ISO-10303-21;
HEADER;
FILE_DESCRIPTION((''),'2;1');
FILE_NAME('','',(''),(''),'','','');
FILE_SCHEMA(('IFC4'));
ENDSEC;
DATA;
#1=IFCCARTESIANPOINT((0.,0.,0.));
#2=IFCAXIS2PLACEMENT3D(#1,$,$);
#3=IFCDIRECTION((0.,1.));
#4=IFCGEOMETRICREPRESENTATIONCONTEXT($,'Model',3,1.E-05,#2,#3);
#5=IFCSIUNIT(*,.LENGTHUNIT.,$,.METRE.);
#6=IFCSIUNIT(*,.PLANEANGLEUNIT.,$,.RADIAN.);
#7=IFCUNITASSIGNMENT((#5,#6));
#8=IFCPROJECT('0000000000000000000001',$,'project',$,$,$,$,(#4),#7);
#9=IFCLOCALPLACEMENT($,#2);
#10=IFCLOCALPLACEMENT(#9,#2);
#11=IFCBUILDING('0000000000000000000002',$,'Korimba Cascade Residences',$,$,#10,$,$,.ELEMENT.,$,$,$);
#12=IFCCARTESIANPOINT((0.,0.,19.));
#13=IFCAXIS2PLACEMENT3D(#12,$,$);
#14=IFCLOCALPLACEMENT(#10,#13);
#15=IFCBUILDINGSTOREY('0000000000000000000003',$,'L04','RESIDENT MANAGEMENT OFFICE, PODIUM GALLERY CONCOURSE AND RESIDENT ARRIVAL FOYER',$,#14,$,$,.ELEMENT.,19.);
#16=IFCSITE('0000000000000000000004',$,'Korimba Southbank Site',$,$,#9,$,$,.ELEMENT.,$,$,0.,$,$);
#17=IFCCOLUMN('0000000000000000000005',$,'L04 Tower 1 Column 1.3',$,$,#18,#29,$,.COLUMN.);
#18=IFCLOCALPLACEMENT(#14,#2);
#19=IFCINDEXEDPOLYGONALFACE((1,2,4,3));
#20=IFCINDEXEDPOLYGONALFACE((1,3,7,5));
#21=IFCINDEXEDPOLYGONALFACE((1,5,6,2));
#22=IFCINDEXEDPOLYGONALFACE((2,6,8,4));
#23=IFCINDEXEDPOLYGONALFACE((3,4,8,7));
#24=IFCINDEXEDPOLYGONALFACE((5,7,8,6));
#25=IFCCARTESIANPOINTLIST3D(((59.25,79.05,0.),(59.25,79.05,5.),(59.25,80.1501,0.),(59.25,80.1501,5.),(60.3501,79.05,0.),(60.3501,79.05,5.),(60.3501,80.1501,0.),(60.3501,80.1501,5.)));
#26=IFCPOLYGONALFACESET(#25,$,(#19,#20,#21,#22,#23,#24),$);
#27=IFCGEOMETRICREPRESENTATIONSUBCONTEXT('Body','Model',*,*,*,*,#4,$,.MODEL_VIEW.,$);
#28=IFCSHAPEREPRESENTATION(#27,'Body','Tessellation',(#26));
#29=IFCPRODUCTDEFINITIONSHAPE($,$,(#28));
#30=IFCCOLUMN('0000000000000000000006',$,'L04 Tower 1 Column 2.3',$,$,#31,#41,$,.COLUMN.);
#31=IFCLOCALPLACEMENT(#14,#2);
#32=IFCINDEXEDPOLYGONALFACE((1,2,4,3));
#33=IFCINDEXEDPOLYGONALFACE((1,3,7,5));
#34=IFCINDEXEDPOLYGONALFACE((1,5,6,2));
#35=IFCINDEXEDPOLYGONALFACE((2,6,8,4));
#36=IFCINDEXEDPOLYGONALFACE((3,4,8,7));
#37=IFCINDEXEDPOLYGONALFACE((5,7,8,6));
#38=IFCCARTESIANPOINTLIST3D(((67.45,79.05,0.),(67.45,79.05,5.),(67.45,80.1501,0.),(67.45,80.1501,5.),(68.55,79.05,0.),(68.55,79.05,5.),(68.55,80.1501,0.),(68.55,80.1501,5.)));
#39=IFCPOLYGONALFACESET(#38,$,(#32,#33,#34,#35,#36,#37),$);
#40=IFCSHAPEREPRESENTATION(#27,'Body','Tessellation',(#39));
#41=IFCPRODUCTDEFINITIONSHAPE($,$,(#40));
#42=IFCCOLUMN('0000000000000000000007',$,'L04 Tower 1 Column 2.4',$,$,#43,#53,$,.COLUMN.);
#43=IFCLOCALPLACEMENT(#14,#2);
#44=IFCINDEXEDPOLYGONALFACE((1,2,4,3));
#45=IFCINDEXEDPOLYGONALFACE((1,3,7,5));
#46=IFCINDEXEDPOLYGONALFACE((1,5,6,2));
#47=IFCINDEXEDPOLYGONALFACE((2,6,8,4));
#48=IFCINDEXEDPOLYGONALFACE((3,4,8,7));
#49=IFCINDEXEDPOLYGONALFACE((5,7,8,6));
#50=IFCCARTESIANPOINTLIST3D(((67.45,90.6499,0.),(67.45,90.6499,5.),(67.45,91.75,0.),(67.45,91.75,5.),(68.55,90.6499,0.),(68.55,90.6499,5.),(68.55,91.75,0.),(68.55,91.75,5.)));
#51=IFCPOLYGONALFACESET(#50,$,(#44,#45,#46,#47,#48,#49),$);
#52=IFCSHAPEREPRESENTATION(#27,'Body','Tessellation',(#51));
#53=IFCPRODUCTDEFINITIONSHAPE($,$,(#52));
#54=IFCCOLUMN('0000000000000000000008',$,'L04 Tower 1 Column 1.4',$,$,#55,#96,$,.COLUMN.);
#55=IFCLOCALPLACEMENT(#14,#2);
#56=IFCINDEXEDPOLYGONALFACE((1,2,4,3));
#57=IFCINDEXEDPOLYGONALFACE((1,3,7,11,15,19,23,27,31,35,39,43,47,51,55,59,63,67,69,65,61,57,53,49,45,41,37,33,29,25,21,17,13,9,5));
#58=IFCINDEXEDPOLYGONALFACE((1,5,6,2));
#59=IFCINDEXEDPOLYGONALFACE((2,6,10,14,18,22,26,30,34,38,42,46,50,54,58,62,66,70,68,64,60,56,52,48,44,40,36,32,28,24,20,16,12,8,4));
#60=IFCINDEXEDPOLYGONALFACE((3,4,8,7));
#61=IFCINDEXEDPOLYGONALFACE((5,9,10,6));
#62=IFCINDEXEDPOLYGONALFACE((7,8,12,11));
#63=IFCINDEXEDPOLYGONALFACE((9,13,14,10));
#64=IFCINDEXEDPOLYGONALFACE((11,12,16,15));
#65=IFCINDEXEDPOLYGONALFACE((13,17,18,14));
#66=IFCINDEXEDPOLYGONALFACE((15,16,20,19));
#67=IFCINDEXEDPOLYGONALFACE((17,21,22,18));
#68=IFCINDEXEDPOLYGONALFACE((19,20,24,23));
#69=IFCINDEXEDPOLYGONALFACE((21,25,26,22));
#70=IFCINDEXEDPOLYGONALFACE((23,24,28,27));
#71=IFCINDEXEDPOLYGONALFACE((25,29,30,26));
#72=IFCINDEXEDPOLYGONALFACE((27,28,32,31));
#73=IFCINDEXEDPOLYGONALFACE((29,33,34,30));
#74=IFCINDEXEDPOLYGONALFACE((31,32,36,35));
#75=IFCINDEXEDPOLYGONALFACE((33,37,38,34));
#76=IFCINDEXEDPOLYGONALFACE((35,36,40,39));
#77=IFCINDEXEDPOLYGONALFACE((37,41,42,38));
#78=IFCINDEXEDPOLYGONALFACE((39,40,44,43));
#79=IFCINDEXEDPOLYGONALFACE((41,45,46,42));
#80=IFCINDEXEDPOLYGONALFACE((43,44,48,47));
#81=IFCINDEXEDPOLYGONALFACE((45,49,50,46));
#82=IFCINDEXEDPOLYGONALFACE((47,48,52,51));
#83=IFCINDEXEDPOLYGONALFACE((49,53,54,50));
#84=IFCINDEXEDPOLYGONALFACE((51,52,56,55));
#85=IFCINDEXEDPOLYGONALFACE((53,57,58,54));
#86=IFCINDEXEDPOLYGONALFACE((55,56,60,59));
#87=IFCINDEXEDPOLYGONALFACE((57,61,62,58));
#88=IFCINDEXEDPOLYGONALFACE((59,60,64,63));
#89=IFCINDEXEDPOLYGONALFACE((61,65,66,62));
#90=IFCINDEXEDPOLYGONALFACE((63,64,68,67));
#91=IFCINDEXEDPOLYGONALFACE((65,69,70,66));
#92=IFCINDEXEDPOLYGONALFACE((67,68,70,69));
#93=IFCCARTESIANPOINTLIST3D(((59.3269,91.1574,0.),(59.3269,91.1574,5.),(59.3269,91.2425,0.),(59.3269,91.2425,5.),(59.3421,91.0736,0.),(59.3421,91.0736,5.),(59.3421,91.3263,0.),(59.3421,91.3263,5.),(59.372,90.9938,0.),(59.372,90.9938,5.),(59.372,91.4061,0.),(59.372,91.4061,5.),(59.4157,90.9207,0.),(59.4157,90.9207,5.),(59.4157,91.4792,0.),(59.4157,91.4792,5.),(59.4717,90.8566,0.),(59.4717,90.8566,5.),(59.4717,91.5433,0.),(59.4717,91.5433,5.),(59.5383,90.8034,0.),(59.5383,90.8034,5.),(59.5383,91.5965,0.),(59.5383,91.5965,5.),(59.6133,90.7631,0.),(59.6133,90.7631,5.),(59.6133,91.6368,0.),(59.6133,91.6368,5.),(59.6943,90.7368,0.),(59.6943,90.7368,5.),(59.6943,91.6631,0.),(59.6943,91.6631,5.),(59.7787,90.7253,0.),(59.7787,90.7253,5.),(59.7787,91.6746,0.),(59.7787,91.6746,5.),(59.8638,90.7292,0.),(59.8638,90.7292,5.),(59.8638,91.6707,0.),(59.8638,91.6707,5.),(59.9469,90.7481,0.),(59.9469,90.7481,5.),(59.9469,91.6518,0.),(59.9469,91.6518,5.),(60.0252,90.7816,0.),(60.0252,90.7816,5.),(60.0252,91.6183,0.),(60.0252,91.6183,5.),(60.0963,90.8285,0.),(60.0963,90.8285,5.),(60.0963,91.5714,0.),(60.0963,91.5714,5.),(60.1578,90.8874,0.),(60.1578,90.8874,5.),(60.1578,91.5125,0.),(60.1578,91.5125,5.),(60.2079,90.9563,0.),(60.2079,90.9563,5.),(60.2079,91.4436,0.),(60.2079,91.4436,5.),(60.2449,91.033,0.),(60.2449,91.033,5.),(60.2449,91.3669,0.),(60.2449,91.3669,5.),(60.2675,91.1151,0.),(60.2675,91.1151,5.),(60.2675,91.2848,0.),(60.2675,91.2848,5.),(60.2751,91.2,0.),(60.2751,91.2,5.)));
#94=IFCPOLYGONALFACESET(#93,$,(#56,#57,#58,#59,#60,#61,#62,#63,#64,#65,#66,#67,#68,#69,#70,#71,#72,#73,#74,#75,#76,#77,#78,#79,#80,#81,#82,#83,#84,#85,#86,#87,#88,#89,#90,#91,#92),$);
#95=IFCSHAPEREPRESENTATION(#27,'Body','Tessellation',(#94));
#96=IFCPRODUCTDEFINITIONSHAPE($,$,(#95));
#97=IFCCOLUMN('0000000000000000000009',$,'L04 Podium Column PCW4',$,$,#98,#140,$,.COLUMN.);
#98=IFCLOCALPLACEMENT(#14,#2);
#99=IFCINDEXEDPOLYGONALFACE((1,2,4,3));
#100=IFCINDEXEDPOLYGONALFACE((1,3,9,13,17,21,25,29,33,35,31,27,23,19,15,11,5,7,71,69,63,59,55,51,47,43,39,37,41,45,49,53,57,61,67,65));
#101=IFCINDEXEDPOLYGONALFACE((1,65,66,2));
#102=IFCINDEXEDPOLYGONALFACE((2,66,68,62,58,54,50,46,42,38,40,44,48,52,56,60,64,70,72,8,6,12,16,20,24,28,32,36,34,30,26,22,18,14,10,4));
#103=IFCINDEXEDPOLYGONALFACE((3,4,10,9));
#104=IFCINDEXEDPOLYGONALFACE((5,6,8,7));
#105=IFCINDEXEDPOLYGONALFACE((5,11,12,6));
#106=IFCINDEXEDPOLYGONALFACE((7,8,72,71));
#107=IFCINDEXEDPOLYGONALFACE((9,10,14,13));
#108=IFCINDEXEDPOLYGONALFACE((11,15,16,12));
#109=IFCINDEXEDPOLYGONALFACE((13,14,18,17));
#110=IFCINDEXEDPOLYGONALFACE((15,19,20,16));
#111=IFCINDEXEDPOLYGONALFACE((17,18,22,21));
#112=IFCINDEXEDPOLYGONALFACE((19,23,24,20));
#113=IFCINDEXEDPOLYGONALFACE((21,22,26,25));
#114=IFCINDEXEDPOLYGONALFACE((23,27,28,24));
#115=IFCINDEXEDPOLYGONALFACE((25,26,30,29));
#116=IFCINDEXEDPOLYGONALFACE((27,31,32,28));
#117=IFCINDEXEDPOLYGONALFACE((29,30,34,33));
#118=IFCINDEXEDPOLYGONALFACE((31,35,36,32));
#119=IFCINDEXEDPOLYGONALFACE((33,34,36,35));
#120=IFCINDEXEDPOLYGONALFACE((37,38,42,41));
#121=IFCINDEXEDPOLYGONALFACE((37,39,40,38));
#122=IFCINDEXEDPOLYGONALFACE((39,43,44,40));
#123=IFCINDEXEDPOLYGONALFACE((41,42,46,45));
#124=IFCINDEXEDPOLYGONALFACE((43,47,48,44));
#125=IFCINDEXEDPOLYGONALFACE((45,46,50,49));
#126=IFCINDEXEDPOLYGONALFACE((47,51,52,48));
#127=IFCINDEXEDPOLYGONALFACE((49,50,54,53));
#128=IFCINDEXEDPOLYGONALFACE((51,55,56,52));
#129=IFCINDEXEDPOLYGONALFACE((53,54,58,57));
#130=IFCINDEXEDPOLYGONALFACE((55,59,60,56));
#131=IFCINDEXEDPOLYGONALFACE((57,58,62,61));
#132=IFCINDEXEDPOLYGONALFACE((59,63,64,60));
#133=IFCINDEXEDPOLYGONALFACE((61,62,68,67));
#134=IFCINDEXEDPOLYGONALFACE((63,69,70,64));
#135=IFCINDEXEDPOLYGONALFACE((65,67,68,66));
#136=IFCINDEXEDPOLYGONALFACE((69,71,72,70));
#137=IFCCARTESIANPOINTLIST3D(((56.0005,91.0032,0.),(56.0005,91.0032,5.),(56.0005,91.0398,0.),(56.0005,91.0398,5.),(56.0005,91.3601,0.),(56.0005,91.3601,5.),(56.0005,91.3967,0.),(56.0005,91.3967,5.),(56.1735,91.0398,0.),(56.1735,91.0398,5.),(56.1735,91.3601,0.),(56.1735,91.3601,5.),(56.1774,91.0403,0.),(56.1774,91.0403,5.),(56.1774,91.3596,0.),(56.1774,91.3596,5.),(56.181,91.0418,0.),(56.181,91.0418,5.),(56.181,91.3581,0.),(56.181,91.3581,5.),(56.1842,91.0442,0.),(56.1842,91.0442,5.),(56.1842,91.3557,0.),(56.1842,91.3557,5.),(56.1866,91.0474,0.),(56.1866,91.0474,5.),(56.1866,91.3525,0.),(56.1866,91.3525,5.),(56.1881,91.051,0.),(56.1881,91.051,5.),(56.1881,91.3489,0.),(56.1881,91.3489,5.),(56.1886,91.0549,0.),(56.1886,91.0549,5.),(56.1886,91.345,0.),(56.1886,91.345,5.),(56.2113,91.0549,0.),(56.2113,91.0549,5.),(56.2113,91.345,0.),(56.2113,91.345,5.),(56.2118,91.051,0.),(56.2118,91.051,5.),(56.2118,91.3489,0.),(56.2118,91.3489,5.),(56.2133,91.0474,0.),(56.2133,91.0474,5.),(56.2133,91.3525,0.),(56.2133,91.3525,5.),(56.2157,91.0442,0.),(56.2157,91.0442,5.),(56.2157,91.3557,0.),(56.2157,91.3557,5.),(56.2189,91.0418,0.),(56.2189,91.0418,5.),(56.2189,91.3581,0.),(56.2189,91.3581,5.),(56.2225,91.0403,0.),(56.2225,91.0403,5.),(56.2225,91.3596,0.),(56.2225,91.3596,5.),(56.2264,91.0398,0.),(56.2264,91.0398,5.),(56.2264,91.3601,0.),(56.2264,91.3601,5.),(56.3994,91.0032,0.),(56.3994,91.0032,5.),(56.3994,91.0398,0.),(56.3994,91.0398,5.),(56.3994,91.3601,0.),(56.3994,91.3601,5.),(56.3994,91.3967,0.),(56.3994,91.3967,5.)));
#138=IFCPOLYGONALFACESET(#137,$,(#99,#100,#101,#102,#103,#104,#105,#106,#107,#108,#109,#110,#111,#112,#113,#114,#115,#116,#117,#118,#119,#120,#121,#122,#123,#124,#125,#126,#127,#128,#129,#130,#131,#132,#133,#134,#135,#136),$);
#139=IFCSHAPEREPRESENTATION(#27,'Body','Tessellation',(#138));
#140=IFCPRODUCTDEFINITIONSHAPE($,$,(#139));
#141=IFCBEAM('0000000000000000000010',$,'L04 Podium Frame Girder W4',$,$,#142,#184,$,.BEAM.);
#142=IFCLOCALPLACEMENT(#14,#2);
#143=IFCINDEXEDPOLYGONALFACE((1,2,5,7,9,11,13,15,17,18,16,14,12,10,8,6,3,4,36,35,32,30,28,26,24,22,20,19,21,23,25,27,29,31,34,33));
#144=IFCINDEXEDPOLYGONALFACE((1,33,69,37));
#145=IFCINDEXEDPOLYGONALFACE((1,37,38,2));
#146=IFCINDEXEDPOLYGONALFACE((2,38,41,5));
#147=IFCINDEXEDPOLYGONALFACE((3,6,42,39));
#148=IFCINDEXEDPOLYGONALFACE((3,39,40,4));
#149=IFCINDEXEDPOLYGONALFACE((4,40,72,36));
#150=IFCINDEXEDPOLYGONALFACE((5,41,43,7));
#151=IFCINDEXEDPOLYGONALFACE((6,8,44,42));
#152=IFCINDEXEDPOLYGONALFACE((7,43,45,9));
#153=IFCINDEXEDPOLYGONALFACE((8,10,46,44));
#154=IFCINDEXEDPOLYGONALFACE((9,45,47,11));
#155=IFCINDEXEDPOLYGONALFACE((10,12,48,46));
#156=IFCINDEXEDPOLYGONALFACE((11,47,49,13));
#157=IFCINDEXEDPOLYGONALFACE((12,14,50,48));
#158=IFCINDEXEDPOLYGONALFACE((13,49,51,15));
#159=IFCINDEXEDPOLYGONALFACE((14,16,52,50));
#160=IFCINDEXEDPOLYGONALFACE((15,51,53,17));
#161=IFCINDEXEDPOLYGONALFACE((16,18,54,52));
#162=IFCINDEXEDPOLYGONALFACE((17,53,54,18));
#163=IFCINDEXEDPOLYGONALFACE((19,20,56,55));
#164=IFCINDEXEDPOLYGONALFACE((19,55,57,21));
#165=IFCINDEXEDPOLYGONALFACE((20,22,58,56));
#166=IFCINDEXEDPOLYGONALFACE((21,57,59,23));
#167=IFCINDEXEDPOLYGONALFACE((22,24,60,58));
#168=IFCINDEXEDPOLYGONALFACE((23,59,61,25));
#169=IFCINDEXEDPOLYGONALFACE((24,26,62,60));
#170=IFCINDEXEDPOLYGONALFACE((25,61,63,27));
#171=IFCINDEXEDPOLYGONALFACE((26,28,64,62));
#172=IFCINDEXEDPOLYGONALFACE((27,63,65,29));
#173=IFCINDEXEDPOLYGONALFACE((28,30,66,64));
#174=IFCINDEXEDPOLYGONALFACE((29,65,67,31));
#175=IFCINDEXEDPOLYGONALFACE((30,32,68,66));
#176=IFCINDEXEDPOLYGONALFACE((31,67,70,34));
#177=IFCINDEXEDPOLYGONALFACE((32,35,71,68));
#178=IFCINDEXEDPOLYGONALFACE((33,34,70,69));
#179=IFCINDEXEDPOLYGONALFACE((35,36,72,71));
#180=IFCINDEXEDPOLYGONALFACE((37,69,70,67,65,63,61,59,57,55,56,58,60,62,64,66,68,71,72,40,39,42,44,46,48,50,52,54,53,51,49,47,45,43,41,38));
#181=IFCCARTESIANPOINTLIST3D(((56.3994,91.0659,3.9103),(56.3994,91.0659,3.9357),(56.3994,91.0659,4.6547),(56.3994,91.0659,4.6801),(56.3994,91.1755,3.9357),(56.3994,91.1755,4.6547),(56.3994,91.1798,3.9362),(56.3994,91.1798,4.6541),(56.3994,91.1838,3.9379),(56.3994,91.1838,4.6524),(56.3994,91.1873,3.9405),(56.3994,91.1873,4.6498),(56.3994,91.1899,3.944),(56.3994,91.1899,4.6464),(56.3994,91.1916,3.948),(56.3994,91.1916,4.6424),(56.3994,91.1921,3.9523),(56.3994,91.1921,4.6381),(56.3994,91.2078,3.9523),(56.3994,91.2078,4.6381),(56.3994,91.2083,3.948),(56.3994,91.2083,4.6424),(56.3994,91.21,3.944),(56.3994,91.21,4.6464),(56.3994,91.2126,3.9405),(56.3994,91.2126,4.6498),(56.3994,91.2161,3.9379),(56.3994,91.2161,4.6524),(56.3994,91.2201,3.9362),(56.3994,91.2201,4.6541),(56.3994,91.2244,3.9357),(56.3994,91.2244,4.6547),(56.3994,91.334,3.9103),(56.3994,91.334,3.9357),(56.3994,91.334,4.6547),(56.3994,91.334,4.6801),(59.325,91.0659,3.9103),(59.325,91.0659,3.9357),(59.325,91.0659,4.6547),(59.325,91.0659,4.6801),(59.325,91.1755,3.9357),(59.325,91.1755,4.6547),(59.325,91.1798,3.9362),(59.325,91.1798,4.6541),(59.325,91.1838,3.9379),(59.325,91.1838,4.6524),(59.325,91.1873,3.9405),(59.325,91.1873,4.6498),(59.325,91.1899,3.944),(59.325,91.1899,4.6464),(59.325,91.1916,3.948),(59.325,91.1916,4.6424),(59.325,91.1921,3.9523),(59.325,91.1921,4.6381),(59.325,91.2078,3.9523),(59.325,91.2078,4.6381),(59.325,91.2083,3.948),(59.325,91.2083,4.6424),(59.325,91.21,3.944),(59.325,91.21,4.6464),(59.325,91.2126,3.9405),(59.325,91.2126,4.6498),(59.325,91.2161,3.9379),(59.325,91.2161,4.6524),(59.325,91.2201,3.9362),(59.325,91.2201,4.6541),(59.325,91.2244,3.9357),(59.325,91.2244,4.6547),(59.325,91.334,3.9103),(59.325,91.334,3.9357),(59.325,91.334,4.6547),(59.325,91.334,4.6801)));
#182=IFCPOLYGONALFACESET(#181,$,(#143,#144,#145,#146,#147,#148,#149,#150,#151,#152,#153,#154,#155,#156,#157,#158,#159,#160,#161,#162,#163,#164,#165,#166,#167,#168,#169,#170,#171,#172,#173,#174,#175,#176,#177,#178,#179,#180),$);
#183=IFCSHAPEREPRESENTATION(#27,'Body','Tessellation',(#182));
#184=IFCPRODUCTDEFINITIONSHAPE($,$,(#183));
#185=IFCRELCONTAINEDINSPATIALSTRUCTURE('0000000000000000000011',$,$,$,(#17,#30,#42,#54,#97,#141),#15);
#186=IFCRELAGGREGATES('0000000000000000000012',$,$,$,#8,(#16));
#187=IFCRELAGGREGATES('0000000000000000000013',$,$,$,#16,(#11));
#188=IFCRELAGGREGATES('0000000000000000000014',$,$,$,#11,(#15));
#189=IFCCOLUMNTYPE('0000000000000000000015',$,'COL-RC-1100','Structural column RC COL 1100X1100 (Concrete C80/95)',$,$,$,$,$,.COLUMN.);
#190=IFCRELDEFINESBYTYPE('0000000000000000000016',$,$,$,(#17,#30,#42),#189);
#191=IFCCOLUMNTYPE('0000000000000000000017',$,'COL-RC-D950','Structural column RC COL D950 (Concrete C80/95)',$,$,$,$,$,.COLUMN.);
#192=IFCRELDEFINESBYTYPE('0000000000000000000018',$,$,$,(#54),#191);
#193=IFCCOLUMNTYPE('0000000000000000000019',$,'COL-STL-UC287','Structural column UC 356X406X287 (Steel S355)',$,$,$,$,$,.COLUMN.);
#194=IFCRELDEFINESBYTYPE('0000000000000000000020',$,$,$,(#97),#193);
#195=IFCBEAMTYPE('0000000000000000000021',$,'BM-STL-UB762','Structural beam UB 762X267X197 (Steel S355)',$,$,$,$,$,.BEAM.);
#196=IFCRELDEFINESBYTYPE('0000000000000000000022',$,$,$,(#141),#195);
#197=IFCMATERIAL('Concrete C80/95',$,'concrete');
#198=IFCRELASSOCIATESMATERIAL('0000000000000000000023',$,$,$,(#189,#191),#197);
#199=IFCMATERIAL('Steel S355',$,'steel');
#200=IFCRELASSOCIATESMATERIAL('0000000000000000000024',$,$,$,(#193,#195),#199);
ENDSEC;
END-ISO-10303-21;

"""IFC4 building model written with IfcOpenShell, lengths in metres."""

from ifc_helpers import new_model, si_unit, direction, frame, origin, origin_2d, place, context, subcontext, project, spatial, rectangle, circle, i_section, extrude, material, material_profile, profile_set, type_object, element, save


model = new_model("IFC4")

# Units and contexts
model_context = context("Model", 3, precision=1e-05, world=origin(), true_north=direction((0.0, 1.0)))
body_context = subcontext(model_context, "Body", "Model", "MODEL_VIEW")
ifc_project = project(units=[si_unit("LENGTHUNIT", "METRE"), si_unit("PLANEANGLEUNIT", "RADIAN")], contexts=[model_context])

# Site, building, storey
site_placement = place(None, origin())
site = spatial("IfcSite", under=ifc_project, at=site_placement, Name="Korimba Southbank Site", CompositionType="ELEMENT", RefElevation=0.0)
building_placement = place(site_placement, origin())
building = spatial("IfcBuilding", under=site, at=building_placement, Name="Korimba Cascade Residences", CompositionType="ELEMENT")
storey_placement = place(building_placement, frame((0.0, 0.0, 19.0)))
storey = spatial("IfcBuildingStorey", under=building, at=storey_placement, Name="L04", Description="RESIDENT MANAGEMENT OFFICE, PODIUM GALLERY CONCOURSE AND RESIDENT ARRIVAL FOYER", CompositionType="ELEMENT", Elevation=19.0)

# Columns
ifc_material_1 = material(Name="Concrete C80/95", Category="concrete")
ifc_material_profile_1 = material_profile(ifc_material_1, rectangle(XDim=1.1001, YDim=1.1001, at=origin_2d()), Name="Concrete C80/95")
ifc_profile_set_1 = profile_set([ifc_material_profile_1], Name="Concrete C80/95")
column_type_1 = type_object("IfcColumnType", Name="COL-RC-1100", Description="Structural column RC COL 1100X1100 (Concrete C80/95)", PredefinedType="COLUMN", material=ifc_profile_set_1)
for number, where, z_axis, x_axis, name in (
    (1, (59.8, 79.6001, 0.0), (0.0, 0.0, 1.0), (1.0, 0.0, 0.0), "L04 Tower 1 Column 1.3"),
    (2, (68.0, 79.6001, 0.0), (0.0, 0.0, 1.0), (1.0, 0.0, 0.0), "L04 Tower 1 Column 2.3"),
    (3, (68.0, 91.2, 0.0), (0.0, 0.0, 1.0), (1.0, 0.0, 0.0), "L04 Tower 1 Column 2.4"),
):
    element("IfcColumn", number, at=place(storey_placement, frame(where, z_axis=z_axis, x_axis=x_axis)), inside=storey, type_object=column_type_1, Name=name, PredefinedType="COLUMN", context=body_context, shape_type="SweptSolid", body=[
        extrude(rectangle(XDim=1.1001, YDim=1.1001, at=origin_2d()), origin(), (0.0, 0.0, 1.0), 5.0),
    ])
ifc_material_profile_2 = material_profile(ifc_material_1, circle(Radius=0.4751, at=origin_2d()), Name="Concrete C80/95")
ifc_profile_set_2 = profile_set([ifc_material_profile_2], Name="Concrete C80/95")
column_type_2 = type_object("IfcColumnType", Name="COL-RC-D950", Description="Structural column RC COL D950 (Concrete C80/95)", PredefinedType="COLUMN", material=ifc_profile_set_2)
column_1_placement = place(storey_placement, frame((59.8, 91.2, 0.0), z_axis=(0.0, 0.0, 1.0), x_axis=(1.0, 0.0, 0.0)))
element("IfcColumn", 4, at=column_1_placement, inside=storey, type_object=column_type_2, Name="L04 Tower 1 Column 1.4", PredefinedType="COLUMN", context=body_context, shape_type="SweptSolid", body=[
    extrude(circle(Radius=0.4751, at=origin_2d()), origin(), (0.0, 0.0, 1.0), 5.0),
])
ifc_material_2 = material(Name="Steel S355", Category="steel")
ifc_material_profile_3 = material_profile(ifc_material_2, i_section(OverallWidth=0.3989, OverallDepth=0.3936, WebThickness=0.0227, FlangeThickness=0.0366, FilletRadius=0.0151, at=origin_2d()), Name="Steel S355")
ifc_profile_set_3 = profile_set([ifc_material_profile_3], Name="Steel S355")
column_type_3 = type_object("IfcColumnType", Name="COL-STL-UC287", Description="Structural column UC 356X406X287 (Steel S355)", PredefinedType="COLUMN", material=ifc_profile_set_3)
column_2_placement = place(storey_placement, frame((56.2, 91.2, 0.0), z_axis=(0.0, 0.0, 1.0), x_axis=(1.0, 0.0, 0.0)))
element("IfcColumn", 5, at=column_2_placement, inside=storey, type_object=column_type_3, Name="L04 Podium Column PCW4", PredefinedType="COLUMN", context=body_context, shape_type="SweptSolid", body=[
    extrude(i_section(OverallWidth=0.3989, OverallDepth=0.3936, WebThickness=0.0227, FlangeThickness=0.0366, FilletRadius=0.0151, at=origin_2d()), origin(), (0.0, 0.0, 1.0), 5.0),
])

# Beam
ifc_material_profile_4 = material_profile(ifc_material_2, i_section(OverallWidth=0.2681, OverallDepth=0.7698, WebThickness=0.0156, FlangeThickness=0.0254, FilletRadius=0.0166, at=origin_2d()), Name="Steel S355")
ifc_profile_set_4 = profile_set([ifc_material_profile_4], Name="Steel S355")
beam_type_1 = type_object("IfcBeamType", Name="BM-STL-UB762", Description="Structural beam UB 762X267X197 (Steel S355)", PredefinedType="BEAM", material=ifc_profile_set_4)
beam_1_placement = place(storey_placement, frame((56.3994, 91.2, 4.2952), z_axis=(1.0, 0.0, 0.0), x_axis=(0.0, 1.0, 0.0)))
element("IfcBeam", 6, at=beam_1_placement, inside=storey, type_object=beam_type_1, Name="L04 Podium Frame Girder W4", PredefinedType="BEAM", context=body_context, shape_type="SweptSolid", body=[
    extrude(i_section(OverallWidth=0.2681, OverallDepth=0.7698, WebThickness=0.0156, FlangeThickness=0.0254, FilletRadius=0.0166, at=origin_2d()), origin(), (0.0, 0.0, 1.0), 2.9255),
])

save(model, "model.ifc")
